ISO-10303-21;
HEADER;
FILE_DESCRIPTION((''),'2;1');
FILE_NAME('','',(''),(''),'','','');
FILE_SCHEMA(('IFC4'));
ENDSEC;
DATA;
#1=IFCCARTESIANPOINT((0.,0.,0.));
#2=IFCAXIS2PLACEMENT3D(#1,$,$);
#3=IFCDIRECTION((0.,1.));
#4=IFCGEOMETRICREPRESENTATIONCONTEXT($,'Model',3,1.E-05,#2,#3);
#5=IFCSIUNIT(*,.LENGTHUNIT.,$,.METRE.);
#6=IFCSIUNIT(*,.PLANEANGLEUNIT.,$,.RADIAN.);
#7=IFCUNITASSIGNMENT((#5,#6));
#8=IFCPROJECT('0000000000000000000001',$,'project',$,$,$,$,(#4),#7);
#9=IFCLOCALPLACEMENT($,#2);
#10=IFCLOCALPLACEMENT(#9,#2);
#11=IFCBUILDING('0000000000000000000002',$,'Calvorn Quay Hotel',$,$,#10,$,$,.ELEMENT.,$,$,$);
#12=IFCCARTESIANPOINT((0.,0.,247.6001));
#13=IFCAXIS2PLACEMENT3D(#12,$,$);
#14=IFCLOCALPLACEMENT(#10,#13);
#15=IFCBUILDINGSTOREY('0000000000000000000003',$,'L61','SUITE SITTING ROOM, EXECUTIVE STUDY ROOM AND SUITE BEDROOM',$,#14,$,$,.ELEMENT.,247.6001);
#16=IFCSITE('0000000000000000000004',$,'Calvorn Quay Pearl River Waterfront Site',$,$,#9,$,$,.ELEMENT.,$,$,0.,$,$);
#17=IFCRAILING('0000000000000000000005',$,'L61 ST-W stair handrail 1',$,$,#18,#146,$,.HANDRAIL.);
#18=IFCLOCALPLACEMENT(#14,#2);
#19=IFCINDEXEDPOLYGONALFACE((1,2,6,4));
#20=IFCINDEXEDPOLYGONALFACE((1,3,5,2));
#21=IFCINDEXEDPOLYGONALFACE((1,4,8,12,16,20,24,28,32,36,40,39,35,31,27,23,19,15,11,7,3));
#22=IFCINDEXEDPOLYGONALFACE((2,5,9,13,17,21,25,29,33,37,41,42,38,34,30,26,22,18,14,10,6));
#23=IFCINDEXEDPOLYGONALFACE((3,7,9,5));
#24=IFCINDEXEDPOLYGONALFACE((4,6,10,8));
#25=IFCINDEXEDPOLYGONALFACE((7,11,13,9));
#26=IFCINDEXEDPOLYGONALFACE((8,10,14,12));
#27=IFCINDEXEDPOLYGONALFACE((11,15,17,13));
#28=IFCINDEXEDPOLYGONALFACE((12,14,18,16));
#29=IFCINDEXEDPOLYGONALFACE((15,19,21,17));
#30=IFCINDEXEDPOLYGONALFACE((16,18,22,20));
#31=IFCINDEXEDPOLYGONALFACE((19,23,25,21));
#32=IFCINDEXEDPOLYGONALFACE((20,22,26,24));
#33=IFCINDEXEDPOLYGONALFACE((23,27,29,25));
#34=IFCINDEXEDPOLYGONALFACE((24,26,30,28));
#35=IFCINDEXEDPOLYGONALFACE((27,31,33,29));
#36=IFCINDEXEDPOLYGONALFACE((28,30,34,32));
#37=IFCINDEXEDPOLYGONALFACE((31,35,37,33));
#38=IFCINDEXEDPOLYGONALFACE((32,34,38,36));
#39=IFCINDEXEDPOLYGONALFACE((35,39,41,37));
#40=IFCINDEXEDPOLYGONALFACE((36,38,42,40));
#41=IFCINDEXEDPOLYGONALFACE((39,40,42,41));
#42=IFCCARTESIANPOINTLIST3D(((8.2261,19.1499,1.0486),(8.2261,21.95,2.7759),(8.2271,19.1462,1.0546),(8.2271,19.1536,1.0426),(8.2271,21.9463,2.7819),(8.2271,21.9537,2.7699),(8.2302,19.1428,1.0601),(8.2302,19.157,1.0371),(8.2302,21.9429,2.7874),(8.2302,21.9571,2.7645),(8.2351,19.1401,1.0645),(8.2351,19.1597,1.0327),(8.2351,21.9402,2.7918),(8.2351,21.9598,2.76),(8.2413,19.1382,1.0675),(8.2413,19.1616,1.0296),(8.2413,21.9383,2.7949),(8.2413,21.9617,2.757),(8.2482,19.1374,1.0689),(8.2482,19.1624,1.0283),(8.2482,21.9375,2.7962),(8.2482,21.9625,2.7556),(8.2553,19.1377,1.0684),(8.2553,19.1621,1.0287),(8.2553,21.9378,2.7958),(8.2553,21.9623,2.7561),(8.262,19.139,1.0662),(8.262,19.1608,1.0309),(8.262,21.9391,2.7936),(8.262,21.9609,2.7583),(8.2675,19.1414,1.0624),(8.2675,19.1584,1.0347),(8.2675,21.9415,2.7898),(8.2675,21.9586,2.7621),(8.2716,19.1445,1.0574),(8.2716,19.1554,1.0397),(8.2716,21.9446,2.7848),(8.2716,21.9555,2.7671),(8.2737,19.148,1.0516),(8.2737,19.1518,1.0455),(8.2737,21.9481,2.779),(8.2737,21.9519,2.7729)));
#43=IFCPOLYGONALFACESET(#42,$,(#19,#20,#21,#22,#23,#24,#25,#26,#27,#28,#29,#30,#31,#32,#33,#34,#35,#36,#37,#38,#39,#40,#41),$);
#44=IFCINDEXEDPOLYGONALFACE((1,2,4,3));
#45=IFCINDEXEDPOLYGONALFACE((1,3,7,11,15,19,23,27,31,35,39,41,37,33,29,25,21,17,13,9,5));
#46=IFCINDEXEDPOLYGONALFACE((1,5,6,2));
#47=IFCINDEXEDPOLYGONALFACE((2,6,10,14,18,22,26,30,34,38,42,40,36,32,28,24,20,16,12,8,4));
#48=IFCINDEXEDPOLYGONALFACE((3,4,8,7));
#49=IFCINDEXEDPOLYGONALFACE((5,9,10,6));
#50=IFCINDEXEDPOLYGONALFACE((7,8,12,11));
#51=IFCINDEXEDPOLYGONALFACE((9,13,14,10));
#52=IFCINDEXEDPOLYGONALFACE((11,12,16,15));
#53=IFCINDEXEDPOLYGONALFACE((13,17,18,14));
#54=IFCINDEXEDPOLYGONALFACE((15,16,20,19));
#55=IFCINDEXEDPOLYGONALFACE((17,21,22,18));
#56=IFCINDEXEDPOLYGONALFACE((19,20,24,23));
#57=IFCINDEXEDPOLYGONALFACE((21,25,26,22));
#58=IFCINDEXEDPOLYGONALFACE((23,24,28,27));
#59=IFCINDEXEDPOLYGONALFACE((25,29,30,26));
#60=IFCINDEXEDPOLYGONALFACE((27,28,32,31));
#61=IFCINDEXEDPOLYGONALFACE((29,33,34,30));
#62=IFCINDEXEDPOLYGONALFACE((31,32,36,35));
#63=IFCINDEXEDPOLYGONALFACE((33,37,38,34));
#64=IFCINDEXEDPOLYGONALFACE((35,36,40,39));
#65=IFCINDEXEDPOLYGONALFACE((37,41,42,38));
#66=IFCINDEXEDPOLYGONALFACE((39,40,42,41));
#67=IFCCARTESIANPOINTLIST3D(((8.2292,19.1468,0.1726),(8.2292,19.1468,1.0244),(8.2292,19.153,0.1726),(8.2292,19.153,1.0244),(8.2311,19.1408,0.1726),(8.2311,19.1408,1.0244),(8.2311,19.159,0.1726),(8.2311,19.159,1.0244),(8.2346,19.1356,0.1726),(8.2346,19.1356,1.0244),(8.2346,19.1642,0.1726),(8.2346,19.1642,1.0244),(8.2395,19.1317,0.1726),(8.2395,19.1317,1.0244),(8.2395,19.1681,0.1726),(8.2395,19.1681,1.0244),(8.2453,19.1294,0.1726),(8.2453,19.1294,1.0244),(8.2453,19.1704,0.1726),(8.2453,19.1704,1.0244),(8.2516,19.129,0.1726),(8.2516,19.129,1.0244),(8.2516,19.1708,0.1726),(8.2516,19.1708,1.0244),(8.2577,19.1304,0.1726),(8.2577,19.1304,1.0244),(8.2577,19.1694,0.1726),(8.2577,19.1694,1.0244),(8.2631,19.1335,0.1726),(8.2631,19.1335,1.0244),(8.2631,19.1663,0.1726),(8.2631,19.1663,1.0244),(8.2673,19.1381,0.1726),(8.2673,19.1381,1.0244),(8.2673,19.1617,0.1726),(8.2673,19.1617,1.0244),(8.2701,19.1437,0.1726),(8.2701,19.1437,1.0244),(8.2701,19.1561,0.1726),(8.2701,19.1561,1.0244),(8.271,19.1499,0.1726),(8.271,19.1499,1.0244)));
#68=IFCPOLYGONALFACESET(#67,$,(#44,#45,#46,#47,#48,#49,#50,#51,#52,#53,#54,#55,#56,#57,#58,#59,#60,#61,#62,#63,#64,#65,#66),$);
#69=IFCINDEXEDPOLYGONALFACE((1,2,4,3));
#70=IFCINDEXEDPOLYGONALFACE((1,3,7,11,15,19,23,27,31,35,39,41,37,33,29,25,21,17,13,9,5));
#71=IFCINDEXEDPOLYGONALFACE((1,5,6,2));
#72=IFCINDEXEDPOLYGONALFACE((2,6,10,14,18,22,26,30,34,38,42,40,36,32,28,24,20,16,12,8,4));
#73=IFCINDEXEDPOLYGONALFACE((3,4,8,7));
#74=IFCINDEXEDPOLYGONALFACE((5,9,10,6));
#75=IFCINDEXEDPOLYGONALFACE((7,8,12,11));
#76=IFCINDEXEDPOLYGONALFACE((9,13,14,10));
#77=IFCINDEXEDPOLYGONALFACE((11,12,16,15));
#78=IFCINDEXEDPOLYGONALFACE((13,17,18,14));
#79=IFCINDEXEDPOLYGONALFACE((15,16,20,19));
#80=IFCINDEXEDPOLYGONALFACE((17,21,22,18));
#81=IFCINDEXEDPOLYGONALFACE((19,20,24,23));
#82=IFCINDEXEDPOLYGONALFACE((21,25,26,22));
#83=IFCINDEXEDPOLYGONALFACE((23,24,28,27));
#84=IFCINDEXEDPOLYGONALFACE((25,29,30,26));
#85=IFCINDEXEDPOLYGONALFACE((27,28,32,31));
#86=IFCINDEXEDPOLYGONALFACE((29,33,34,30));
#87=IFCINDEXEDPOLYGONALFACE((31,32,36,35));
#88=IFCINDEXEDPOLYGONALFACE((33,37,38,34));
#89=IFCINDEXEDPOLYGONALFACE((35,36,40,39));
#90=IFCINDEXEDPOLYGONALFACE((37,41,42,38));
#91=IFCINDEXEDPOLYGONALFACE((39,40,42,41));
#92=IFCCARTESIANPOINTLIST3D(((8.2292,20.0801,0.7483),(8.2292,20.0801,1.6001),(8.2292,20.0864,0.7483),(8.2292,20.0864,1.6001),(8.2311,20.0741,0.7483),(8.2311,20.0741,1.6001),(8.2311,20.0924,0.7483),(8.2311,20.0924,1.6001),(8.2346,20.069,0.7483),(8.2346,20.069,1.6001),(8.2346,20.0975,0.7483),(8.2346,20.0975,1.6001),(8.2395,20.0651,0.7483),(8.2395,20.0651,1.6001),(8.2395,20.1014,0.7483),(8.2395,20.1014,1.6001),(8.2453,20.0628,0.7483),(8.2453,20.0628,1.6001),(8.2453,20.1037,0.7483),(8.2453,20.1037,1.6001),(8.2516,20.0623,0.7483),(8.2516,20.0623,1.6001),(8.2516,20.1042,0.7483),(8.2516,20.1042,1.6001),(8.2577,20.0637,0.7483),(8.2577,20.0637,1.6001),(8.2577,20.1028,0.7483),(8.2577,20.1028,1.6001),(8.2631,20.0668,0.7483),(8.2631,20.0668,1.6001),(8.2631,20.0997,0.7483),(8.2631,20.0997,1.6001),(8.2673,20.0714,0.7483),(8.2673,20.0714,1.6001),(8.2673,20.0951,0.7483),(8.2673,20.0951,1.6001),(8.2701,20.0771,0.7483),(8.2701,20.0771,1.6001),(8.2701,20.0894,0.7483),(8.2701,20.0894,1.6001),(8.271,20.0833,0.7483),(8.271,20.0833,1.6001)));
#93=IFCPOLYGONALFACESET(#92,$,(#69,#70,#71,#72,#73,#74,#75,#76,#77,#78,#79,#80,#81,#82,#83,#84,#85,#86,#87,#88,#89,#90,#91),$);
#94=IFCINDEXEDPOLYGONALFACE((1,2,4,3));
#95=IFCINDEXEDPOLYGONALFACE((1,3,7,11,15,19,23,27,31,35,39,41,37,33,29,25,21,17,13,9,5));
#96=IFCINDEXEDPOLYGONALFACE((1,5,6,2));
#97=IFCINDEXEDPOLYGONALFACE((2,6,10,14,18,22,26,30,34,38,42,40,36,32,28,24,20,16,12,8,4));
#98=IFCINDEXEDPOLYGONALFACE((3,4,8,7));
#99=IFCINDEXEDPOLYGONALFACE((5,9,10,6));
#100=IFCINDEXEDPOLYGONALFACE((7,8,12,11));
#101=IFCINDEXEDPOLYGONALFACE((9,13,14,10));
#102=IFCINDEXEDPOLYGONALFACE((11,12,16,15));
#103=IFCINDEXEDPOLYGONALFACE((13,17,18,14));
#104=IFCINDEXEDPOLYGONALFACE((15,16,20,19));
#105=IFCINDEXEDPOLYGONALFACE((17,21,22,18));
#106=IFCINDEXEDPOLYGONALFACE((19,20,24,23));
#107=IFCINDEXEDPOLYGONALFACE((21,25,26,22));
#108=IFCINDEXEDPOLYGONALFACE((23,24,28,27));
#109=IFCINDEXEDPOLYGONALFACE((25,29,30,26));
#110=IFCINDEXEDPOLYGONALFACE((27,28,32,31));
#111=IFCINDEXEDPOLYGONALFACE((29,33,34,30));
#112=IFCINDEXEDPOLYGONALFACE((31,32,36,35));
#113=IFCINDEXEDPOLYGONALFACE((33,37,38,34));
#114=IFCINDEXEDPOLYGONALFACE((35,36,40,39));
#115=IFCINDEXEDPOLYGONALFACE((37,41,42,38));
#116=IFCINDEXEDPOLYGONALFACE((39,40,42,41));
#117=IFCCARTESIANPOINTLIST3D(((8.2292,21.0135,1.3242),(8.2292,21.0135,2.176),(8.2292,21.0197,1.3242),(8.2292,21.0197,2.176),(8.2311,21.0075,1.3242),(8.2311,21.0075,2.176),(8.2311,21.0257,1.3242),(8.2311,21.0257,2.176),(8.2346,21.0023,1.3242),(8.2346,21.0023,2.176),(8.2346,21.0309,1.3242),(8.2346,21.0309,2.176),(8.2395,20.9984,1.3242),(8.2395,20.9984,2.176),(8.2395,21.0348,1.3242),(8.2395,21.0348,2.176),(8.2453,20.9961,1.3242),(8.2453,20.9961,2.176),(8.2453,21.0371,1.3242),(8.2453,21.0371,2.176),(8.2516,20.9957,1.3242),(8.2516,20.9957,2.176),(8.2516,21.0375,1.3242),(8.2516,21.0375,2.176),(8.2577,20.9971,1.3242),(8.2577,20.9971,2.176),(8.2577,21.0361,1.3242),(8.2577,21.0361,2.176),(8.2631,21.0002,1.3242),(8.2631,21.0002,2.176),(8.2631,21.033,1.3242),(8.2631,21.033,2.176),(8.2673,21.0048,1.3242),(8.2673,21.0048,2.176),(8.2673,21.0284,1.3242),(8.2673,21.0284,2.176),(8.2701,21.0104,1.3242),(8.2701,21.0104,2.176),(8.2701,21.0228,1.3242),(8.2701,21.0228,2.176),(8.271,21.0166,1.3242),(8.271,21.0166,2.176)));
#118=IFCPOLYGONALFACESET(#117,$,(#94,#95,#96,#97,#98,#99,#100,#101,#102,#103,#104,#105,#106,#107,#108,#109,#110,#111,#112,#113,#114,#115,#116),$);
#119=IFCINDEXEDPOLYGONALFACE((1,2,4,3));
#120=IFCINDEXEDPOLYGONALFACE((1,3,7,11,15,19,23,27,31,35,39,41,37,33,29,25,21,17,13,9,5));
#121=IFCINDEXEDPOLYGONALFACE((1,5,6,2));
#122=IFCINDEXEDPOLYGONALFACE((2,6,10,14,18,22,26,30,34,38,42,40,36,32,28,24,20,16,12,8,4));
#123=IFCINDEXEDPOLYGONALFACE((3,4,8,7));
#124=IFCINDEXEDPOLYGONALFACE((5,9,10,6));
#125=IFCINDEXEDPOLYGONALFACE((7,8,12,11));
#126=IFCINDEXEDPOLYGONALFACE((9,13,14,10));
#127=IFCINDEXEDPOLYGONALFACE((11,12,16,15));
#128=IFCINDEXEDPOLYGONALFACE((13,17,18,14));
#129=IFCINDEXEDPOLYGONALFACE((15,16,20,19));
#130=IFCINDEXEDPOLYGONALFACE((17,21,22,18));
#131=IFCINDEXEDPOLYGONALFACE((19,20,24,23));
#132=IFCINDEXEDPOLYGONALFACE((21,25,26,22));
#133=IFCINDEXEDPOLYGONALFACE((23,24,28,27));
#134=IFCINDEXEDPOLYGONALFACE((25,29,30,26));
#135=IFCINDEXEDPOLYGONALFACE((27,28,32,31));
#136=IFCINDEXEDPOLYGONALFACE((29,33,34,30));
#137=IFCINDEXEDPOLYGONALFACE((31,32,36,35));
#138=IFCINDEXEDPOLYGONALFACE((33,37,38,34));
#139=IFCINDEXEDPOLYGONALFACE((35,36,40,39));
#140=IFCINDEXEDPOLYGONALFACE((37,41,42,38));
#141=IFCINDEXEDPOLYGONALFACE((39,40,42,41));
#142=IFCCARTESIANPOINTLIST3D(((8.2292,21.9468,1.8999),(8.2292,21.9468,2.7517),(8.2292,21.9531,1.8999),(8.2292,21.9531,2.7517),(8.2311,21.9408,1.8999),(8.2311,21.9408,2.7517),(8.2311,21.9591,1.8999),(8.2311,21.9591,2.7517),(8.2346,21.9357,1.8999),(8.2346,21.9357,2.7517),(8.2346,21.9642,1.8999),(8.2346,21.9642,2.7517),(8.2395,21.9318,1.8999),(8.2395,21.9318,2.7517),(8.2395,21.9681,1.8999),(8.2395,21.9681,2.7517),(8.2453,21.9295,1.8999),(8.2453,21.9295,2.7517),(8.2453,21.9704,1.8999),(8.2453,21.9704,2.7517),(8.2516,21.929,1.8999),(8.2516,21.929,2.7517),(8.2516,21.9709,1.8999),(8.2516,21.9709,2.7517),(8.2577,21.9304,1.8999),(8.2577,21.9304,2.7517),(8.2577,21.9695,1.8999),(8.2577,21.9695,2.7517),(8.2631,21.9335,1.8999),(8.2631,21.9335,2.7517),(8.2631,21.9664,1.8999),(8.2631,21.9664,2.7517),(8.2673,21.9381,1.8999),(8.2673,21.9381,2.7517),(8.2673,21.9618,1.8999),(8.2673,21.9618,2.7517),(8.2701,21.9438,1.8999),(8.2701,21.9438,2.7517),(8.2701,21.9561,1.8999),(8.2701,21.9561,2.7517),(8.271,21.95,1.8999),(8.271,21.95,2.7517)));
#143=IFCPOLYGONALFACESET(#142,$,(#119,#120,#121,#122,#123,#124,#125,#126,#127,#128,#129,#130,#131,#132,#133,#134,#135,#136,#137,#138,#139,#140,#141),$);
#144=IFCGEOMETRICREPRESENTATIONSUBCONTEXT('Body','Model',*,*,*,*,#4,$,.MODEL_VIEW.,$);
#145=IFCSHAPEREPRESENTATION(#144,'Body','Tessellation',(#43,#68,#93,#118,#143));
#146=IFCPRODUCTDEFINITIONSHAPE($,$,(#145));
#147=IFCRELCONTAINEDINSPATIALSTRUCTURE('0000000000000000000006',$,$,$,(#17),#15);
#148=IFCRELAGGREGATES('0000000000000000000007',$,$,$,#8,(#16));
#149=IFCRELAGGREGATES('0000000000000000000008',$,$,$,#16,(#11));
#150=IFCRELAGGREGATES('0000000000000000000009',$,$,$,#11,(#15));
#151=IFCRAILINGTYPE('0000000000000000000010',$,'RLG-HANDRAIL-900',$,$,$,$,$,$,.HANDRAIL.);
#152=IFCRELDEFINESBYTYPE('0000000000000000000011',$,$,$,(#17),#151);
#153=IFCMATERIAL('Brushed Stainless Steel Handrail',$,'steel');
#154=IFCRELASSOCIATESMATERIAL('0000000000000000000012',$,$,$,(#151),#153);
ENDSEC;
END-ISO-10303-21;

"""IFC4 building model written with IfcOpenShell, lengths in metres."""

from ifc_helpers import new_model, si_unit, direction, frame, origin, origin_2d, place, context, subcontext, project, spatial, circle, extrude, material, type_object, element, save


model = new_model("IFC4")

# Units and contexts
model_context = context("Model", 3, precision=1e-05, world=origin(), true_north=direction((0.0, 1.0)))
body_context = subcontext(model_context, "Body", "Model", "MODEL_VIEW")
ifc_project = project(units=[si_unit("LENGTHUNIT", "METRE"), si_unit("PLANEANGLEUNIT", "RADIAN")], contexts=[model_context])

# Site, building, storey
site_placement = place(None, origin())
site = spatial("IfcSite", under=ifc_project, at=site_placement, Name="Calvorn Quay Pearl River Waterfront Site", CompositionType="ELEMENT", RefElevation=0.0)
building_placement = place(site_placement, origin())
building = spatial("IfcBuilding", under=site, at=building_placement, Name="Calvorn Quay Hotel", CompositionType="ELEMENT")
storey_placement = place(building_placement, frame((0.0, 0.0, 247.6001)))
storey = spatial("IfcBuildingStorey", under=building, at=storey_placement, Name="L61", Description="SUITE SITTING ROOM, EXECUTIVE STUDY ROOM AND SUITE BEDROOM", CompositionType="ELEMENT", Elevation=247.6001)

# Railing
ifc_material_1 = material(Name="Brushed Stainless Steel Handrail", Category="steel")
railing_type_1 = type_object("IfcRailingType", Name="RLG-HANDRAIL-900", PredefinedType="HANDRAIL", material=ifc_material_1)
railing_1_placement = place(storey_placement, frame((8.25, 19.1499, 0.1726)))
element("IfcRailing", 1, at=railing_1_placement, inside=storey, type_object=railing_type_1, Name="L61 ST-W stair handrail 1", PredefinedType="HANDRAIL", context=body_context, shape_type="SweptSolid", body=[
    extrude(circle(Radius=0.0239, at=origin_2d()), frame((0.0, 0.0, 0.876), z_axis=(0.0, 0.85109, 0.52502), x_axis=(-1.0, 0.0, 0.0)), (0.0, 0.0, 1.0), 3.29),
    extrude(circle(Radius=0.021, at=origin_2d()), origin(), (0.0, 0.0, 1.0), 0.8518),
    extrude(circle(Radius=0.021, at=origin_2d()), frame((0.0, 0.9333, 0.5757)), (0.0, 0.0, 1.0), 0.8518),
    extrude(circle(Radius=0.021, at=origin_2d()), frame((0.0, 1.8667, 1.1516)), (0.0, 0.0, 1.0), 0.8518),
    extrude(circle(Radius=0.021, at=origin_2d()), frame((0.0, 2.8, 1.7273)), (0.0, 0.0, 1.0), 0.8518),
])

save(model, "model.ifc")
